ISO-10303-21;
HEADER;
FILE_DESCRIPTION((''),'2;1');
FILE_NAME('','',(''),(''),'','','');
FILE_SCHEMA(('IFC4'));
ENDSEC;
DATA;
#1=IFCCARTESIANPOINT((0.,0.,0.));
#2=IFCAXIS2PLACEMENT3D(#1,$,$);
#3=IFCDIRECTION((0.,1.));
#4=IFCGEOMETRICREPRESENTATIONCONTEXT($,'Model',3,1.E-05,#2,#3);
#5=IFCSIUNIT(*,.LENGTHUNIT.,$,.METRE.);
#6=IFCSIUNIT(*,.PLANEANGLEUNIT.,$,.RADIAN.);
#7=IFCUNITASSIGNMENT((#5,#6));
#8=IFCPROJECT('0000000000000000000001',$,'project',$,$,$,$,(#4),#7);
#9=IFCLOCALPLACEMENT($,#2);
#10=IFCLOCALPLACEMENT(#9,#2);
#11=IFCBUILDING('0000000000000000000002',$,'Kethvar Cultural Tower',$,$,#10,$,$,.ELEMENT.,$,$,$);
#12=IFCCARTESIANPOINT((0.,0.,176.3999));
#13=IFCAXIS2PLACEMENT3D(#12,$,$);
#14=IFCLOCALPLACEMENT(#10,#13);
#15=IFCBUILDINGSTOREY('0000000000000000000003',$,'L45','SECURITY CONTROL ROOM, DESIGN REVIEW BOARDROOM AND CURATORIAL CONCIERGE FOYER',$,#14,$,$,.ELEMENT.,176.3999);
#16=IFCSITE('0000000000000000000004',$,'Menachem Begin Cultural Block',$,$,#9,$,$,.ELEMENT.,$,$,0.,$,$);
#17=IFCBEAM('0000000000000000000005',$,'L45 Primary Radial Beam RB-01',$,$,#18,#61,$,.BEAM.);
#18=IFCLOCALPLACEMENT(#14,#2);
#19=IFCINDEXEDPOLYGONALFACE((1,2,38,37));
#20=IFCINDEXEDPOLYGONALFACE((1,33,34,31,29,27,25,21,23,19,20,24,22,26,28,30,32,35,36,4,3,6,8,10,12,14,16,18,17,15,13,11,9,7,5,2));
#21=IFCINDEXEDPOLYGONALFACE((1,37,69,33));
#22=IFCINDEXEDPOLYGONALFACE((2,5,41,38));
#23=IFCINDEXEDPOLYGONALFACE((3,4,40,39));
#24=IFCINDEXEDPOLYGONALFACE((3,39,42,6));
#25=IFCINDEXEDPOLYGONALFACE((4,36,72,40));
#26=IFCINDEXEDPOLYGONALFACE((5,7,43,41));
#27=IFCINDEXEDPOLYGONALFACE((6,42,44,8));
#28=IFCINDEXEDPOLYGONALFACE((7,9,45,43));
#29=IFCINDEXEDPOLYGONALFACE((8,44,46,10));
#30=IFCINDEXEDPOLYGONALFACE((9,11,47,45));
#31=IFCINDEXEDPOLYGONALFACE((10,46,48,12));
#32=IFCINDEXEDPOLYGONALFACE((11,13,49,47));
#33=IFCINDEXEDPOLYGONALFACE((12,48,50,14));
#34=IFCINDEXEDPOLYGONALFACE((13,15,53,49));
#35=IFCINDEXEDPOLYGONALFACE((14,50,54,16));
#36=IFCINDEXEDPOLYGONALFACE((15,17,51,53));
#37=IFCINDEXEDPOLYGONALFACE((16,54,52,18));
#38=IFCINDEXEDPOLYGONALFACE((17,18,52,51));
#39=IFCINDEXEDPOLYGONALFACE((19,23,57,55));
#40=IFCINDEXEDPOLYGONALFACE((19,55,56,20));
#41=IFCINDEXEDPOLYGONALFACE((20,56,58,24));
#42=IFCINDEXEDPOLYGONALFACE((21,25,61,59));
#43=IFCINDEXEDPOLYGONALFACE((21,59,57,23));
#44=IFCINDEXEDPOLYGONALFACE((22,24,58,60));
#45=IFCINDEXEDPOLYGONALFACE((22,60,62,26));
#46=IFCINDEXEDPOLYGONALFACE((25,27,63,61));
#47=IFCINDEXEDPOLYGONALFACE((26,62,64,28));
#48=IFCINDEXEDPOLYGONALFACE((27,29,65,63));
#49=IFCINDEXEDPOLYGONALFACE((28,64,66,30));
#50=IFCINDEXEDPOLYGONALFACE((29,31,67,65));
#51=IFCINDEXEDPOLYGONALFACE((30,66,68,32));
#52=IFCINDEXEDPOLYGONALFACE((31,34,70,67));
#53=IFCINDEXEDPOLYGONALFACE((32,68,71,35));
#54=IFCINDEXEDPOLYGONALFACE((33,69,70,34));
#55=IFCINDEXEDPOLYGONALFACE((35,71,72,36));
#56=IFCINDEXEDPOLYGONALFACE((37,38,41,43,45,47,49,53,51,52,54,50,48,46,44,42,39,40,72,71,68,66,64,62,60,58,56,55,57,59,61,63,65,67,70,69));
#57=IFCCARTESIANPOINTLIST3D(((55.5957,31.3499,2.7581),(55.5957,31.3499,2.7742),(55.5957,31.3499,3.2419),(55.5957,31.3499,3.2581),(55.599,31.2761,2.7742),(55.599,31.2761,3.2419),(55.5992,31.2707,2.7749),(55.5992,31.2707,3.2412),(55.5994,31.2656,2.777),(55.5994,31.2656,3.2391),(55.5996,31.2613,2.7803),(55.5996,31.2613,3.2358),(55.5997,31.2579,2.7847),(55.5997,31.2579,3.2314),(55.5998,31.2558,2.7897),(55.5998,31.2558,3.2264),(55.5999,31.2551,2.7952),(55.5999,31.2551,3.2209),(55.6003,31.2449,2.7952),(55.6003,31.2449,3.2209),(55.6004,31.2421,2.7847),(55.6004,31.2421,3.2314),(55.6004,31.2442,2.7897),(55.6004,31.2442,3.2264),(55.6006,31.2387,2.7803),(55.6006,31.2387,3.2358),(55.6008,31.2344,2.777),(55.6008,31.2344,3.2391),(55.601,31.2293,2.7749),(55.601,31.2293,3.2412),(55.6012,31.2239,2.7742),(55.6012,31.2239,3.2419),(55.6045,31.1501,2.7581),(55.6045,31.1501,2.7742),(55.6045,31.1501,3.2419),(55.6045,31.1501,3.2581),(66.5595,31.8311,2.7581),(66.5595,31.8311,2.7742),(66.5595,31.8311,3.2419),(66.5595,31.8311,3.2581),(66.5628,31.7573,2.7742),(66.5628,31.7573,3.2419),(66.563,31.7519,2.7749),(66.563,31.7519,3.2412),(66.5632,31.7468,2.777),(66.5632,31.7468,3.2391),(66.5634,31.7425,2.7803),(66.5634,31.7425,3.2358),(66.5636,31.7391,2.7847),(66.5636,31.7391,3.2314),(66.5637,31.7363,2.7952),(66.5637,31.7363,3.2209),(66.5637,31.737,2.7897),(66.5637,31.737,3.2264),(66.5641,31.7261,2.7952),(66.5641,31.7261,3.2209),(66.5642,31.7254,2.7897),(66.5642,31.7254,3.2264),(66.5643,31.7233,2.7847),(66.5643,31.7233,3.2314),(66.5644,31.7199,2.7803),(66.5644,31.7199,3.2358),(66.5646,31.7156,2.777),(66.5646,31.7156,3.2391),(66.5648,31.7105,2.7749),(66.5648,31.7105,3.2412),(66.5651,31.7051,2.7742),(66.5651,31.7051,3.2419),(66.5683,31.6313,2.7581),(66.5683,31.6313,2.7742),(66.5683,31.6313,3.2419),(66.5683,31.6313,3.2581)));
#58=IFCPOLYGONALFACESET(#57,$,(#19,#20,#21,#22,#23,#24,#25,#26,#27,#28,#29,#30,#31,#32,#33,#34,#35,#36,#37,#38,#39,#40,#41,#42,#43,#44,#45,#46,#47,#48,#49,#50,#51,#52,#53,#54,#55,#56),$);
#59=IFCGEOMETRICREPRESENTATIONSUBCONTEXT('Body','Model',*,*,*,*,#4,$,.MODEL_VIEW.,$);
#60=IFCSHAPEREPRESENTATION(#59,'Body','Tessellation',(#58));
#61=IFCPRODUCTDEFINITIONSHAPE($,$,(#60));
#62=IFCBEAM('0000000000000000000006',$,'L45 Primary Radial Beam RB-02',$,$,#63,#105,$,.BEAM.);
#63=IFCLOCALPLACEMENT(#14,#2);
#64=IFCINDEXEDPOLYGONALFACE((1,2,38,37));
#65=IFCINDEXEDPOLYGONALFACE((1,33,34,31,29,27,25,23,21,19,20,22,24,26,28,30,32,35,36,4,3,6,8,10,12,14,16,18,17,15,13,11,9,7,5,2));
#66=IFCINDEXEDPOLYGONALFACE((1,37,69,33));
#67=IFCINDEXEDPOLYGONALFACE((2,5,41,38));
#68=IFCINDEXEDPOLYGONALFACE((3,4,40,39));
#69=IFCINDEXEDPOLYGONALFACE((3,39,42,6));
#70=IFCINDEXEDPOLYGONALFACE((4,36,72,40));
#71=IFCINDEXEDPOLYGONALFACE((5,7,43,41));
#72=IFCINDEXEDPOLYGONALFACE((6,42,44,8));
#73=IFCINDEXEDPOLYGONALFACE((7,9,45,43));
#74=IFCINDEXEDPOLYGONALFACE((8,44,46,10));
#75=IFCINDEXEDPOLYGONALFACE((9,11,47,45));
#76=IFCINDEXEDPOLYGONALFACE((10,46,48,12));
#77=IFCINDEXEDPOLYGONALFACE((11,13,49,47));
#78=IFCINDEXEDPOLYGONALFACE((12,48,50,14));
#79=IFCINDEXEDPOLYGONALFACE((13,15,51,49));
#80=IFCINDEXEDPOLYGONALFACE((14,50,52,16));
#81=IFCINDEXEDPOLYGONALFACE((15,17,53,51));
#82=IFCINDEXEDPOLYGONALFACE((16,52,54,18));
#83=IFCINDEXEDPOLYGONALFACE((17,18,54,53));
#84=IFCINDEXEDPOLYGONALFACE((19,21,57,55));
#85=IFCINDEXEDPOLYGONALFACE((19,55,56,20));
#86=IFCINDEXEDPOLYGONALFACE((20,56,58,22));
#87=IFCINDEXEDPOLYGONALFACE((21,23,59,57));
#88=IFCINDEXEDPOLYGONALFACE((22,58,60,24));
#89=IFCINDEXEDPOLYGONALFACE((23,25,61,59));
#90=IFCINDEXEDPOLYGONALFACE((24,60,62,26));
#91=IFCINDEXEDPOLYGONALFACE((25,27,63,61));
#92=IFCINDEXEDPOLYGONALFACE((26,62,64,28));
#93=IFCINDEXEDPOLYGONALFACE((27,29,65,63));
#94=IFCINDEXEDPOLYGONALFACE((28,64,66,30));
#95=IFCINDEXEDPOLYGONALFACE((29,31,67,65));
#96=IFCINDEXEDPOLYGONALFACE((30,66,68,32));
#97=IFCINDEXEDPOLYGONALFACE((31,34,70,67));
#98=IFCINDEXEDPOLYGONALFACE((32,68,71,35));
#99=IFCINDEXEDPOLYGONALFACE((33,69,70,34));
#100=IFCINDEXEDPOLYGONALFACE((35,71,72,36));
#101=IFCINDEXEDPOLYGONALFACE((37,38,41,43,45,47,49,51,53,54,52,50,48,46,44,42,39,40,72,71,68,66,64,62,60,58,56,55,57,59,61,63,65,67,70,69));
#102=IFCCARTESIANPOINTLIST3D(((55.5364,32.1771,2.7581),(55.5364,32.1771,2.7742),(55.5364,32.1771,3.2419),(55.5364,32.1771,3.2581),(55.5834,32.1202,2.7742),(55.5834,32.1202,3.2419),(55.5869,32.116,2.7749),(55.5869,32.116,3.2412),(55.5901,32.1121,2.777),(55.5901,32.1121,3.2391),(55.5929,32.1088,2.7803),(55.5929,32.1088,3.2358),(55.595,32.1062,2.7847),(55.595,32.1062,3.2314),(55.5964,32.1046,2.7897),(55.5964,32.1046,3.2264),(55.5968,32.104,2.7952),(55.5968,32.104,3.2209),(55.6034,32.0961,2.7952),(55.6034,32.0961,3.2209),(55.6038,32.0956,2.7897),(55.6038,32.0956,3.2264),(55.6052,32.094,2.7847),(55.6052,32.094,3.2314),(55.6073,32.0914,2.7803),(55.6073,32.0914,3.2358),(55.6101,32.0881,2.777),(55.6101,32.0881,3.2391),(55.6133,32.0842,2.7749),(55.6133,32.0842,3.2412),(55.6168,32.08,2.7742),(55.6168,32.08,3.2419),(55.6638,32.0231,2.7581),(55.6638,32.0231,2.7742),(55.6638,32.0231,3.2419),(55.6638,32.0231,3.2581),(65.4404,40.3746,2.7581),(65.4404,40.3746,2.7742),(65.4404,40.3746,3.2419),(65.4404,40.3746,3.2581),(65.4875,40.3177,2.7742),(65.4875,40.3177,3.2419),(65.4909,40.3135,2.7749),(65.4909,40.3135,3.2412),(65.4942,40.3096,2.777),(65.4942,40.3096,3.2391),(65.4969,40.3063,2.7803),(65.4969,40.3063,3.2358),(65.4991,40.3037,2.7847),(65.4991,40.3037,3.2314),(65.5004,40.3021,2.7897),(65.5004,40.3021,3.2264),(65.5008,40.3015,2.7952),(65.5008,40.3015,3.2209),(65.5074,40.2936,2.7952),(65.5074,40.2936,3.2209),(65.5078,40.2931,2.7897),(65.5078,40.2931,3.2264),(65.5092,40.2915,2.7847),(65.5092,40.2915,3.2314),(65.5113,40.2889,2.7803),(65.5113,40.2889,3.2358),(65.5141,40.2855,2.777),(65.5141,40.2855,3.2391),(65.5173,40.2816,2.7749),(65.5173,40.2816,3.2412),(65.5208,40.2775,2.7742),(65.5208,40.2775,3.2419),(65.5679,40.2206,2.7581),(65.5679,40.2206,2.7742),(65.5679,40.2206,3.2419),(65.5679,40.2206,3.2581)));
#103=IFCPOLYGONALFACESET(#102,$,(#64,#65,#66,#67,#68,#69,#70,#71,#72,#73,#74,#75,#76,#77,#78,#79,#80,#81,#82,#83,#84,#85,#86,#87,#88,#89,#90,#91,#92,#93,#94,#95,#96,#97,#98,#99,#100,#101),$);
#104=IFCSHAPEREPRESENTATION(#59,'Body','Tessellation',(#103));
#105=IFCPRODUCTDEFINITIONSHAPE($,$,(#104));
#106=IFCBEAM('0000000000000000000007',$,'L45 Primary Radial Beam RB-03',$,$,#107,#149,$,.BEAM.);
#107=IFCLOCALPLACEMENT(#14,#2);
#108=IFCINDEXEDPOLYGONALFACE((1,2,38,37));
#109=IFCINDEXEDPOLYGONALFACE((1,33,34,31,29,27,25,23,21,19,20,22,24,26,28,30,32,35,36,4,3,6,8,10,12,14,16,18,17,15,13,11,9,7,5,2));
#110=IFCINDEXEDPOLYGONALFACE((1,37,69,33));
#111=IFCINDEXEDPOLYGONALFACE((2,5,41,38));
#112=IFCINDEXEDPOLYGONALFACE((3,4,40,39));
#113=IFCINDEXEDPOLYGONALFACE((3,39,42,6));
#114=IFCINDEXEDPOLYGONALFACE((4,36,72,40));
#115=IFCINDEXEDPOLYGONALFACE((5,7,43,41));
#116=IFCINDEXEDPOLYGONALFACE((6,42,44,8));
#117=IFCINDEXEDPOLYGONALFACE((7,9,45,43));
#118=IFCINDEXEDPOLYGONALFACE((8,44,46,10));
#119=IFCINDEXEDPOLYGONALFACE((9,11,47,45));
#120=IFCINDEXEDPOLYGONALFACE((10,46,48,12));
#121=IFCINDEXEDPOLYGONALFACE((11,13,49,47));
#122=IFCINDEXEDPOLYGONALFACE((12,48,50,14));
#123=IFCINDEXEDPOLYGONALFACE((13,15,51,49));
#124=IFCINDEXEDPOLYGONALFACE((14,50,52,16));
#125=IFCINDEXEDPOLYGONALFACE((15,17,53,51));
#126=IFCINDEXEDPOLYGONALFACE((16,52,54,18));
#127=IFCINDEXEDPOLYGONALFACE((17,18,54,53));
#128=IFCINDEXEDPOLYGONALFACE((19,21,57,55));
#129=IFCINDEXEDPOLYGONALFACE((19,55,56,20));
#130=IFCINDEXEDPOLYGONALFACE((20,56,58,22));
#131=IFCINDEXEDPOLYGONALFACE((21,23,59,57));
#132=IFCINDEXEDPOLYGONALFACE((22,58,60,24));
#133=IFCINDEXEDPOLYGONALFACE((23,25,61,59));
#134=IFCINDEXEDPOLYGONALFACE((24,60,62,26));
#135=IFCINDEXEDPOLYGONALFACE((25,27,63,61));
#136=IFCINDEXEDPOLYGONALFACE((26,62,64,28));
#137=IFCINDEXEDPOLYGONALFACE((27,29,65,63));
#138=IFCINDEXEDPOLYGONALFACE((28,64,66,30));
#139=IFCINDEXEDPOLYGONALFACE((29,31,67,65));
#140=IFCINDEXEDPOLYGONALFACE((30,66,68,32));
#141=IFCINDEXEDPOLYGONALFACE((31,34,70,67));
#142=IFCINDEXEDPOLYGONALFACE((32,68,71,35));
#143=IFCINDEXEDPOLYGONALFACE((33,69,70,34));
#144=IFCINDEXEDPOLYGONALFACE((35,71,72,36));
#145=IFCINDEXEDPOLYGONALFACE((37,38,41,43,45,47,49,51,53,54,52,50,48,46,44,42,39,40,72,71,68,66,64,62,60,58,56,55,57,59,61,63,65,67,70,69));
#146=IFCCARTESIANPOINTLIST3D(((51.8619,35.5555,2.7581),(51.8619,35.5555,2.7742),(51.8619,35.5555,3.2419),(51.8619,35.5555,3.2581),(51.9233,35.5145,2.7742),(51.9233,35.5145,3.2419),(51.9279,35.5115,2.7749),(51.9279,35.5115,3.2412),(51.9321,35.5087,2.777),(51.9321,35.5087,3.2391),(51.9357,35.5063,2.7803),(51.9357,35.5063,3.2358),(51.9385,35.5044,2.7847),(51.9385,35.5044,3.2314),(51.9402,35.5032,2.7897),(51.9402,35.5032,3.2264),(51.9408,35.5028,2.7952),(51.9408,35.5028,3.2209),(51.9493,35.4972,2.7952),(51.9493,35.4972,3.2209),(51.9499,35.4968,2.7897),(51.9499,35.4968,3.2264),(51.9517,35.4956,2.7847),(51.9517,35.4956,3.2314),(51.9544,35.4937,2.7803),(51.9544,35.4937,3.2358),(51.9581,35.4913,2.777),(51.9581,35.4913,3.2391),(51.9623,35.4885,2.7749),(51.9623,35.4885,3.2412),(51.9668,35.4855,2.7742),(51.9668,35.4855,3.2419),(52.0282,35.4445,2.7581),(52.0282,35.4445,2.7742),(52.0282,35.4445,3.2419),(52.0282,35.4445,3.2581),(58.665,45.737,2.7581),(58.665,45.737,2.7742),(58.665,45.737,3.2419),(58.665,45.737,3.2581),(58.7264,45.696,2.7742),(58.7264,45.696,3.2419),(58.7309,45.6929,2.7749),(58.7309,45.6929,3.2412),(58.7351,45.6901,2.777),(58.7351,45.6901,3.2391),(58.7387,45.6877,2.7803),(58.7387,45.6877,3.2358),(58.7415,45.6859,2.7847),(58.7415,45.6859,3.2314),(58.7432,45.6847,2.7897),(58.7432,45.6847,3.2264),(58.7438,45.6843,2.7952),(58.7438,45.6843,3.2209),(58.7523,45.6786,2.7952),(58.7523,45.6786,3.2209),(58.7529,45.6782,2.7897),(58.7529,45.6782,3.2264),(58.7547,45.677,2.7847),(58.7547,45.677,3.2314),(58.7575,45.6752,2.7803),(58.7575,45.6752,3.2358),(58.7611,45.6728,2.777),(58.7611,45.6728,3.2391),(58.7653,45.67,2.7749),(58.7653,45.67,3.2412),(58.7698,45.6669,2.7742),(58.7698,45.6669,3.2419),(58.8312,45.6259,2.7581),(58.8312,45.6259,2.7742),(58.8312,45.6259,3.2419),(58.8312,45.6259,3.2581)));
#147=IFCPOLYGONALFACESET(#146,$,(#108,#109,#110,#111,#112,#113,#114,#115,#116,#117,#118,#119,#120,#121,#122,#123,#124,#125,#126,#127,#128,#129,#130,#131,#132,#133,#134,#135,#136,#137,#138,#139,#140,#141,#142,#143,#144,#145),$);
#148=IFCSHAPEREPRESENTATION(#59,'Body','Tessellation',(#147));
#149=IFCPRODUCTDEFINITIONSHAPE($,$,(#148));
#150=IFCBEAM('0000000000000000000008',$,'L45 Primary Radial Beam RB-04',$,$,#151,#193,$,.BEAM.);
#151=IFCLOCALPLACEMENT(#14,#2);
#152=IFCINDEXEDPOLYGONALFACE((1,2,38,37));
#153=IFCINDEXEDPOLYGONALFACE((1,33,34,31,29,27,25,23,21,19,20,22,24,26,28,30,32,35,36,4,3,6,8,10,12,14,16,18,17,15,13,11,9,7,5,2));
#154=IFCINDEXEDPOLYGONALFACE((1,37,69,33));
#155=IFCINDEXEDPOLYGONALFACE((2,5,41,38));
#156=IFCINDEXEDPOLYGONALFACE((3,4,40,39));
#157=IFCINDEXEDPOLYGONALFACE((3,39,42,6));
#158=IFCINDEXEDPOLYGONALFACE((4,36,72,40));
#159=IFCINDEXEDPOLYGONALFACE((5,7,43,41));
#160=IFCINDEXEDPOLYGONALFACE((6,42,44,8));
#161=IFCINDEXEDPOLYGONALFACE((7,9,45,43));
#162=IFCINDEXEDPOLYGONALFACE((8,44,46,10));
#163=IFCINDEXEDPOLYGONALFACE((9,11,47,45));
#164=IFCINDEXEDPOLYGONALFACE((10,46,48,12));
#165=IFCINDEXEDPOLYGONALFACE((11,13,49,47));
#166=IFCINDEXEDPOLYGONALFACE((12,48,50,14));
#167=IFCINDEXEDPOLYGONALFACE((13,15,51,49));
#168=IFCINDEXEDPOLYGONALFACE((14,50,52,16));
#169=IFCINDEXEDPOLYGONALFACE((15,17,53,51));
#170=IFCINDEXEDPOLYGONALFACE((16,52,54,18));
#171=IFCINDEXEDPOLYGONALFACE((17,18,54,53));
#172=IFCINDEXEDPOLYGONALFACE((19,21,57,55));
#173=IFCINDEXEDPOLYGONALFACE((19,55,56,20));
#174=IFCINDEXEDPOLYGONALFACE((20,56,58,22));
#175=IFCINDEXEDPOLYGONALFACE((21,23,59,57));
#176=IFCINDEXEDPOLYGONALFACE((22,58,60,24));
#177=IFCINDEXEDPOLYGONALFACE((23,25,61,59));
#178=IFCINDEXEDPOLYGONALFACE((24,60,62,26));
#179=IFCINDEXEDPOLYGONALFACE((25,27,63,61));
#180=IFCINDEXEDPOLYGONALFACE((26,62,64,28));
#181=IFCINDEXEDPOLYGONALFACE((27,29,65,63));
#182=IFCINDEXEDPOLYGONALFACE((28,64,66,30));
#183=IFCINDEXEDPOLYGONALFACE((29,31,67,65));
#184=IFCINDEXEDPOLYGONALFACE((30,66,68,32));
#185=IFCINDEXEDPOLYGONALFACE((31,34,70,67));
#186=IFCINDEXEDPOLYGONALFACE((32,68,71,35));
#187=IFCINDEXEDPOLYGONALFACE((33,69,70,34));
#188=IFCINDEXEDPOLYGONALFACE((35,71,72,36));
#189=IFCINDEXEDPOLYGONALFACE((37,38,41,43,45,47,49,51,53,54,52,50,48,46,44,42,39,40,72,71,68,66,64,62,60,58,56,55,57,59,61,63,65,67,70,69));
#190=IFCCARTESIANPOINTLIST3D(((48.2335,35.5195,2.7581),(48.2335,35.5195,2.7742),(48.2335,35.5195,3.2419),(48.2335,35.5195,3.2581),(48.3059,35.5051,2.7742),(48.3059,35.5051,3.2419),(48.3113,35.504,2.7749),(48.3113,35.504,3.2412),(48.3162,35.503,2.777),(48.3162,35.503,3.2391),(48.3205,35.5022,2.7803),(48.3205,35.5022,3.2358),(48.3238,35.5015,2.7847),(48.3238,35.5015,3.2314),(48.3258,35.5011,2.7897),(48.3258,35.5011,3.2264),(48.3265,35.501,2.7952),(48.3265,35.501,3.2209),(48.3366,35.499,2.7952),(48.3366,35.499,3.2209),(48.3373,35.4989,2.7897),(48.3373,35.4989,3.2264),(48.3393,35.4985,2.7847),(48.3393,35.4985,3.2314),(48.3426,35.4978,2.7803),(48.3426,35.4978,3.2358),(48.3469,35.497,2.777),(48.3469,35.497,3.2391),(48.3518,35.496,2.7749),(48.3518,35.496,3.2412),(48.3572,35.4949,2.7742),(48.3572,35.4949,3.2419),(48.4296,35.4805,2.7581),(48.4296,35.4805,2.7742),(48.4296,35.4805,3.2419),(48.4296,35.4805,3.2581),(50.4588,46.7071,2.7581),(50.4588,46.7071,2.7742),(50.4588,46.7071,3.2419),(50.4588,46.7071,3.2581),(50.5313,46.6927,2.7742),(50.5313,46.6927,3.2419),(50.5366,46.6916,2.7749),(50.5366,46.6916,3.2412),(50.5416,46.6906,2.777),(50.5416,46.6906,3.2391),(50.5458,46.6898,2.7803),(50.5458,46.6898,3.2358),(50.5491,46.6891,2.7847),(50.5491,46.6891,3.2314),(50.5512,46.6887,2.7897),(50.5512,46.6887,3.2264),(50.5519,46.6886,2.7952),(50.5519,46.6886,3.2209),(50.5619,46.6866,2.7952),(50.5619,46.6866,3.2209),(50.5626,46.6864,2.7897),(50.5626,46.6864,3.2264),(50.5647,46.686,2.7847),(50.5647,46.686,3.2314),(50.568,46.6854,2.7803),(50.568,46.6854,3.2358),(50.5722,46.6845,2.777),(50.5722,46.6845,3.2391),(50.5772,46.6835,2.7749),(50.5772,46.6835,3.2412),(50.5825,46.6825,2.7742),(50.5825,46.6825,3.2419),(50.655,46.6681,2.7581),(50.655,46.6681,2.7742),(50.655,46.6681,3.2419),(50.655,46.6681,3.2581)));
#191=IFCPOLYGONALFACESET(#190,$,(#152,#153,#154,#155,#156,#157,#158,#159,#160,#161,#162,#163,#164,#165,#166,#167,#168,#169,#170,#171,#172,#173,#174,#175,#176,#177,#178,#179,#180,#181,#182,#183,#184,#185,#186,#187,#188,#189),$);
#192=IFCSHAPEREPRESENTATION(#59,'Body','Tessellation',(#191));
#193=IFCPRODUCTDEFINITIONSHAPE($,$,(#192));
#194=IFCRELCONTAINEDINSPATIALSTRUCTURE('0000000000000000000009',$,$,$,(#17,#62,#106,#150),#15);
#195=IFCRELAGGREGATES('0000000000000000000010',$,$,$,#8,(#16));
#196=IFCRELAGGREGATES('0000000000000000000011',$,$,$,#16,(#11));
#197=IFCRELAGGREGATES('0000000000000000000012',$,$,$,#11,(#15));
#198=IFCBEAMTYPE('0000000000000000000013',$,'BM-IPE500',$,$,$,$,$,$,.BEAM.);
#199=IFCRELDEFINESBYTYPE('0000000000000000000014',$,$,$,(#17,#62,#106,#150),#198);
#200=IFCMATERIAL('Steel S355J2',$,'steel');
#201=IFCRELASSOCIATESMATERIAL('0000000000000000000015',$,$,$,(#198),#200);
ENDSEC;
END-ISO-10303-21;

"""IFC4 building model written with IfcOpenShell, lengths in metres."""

from ifc_helpers import new_model, si_unit, direction, frame, origin, origin_2d, place, context, subcontext, project, spatial, i_section, extrude, source, transform, mapped, material, material_profile, profile_set, type_object, element, save


model = new_model("IFC4")

# Units and contexts
model_context = context("Model", 3, precision=1e-05, world=origin(), true_north=direction((0.0, 1.0)))
body_context = subcontext(model_context, "Body", "Model", "MODEL_VIEW")
ifc_project = project(units=[si_unit("LENGTHUNIT", "METRE"), si_unit("PLANEANGLEUNIT", "RADIAN")], contexts=[model_context])

# Site, building, storey
site_placement = place(None, origin())
site = spatial("IfcSite", under=ifc_project, at=site_placement, Name="Menachem Begin Cultural Block", CompositionType="ELEMENT", RefElevation=0.0)
building_placement = place(site_placement, origin())
building = spatial("IfcBuilding", under=site, at=building_placement, Name="Kethvar Cultural Tower", CompositionType="ELEMENT")
storey_placement = place(building_placement, frame((0.0, 0.0, 176.3999)))
storey = spatial("IfcBuildingStorey", under=building, at=storey_placement, Name="L45", Description="SECURITY CONTROL ROOM, DESIGN REVIEW BOARDROOM AND CURATORIAL CONCIERGE FOYER", CompositionType="ELEMENT", Elevation=176.3999)

# Beams
ifc_material_1 = material(Name="Steel S355J2", Category="steel")
ifc_material_profile_1 = material_profile(ifc_material_1, i_section(OverallWidth=0.2, OverallDepth=0.5, WebThickness=0.0103, FlangeThickness=0.0161, FilletRadius=0.021, at=origin_2d()), Name="Steel S355J2 — IPE500")
ifc_profile_set_1 = profile_set([ifc_material_profile_1], Name="Steel S355J2 — IPE500")
beam_type_1 = type_object("IfcBeamType", Name="BM-IPE500", PredefinedType="BEAM", material=ifc_profile_set_1)
shared_shape_1 = source(origin(), body_context, "Body", "SweptSolid", [
    extrude(i_section(OverallWidth=0.2, OverallDepth=0.5, WebThickness=0.0103, FlangeThickness=0.0161, FilletRadius=0.021, at=origin_2d()), origin(), (0.0, 0.0, 1.0), 10.9744),
])
beam_1_placement = place(storey_placement, frame((55.6001, 31.25, 3.0081), z_axis=(0.999038, 0.043848, 0.0), x_axis=(-0.043848, 0.999038, 0.0)))
element("IfcBeam", 1, at=beam_1_placement, inside=storey, type_object=beam_type_1, Name="L45 Primary Radial Beam RB-01", PredefinedType="BEAM", context=body_context, shape_type="MappedRepresentation", body=[
    mapped(shared_shape_1, transform((0.0, 0.0, 0.0), scale=1.0)),
])
shared_shape_2 = source(origin(), body_context, "Body", "SweptSolid", [
    extrude(i_section(OverallWidth=0.2, OverallDepth=0.5, WebThickness=0.0103, FlangeThickness=0.0161, FilletRadius=0.021, at=origin_2d()), origin(), (0.0, 0.0, 1.0), 12.8564),
])
beam_2_placement = place(storey_placement, frame((55.6001, 32.1001, 3.0081), z_axis=(0.770354, 0.637616, 0.0), x_axis=(-0.637616, 0.770354, 0.0)))
element("IfcBeam", 2, at=beam_2_placement, inside=storey, type_object=beam_type_1, Name="L45 Primary Radial Beam RB-02", PredefinedType="BEAM", context=body_context, shape_type="MappedRepresentation", body=[
    mapped(shared_shape_2, transform((0.0, 0.0, 0.0), scale=1.0)),
])
shared_shape_3 = source(origin(), body_context, "Body", "SweptSolid", [
    extrude(i_section(OverallWidth=0.2, OverallDepth=0.5, WebThickness=0.0103, FlangeThickness=0.0161, FilletRadius=0.021, at=origin_2d()), origin(), (0.0, 0.0, 1.0), 12.2451),
])
beam_3_placement = place(storey_placement, frame((51.9451, 35.5, 3.0081), z_axis=(0.555569, 0.83147, 0.0), x_axis=(-0.83147, 0.555569, 0.0)))
element("IfcBeam", 3, at=beam_3_placement, inside=storey, type_object=beam_type_1, Name="L45 Primary Radial Beam RB-03", PredefinedType="BEAM", context=body_context, shape_type="MappedRepresentation", body=[
    mapped(shared_shape_3, transform((0.0, 0.0, 0.0), scale=1.0)),
])
shared_shape_4 = source(origin(), body_context, "Body", "SweptSolid", [
    extrude(i_section(OverallWidth=0.2, OverallDepth=0.5, WebThickness=0.0103, FlangeThickness=0.0161, FilletRadius=0.021, at=origin_2d()), origin(), (0.0, 0.0, 1.0), 11.4067),
])
beam_4_placement = place(storey_placement, frame((48.3315, 35.5, 3.0081), z_axis=(0.195091, 0.980785, 0.0), x_axis=(-0.980785, 0.195091, 0.0)))
element("IfcBeam", 4, at=beam_4_placement, inside=storey, type_object=beam_type_1, Name="L45 Primary Radial Beam RB-04", PredefinedType="BEAM", context=body_context, shape_type="MappedRepresentation", body=[
    mapped(shared_shape_4, transform((0.0, 0.0, 0.0), scale=1.0)),
])

save(model, "model.ifc")
